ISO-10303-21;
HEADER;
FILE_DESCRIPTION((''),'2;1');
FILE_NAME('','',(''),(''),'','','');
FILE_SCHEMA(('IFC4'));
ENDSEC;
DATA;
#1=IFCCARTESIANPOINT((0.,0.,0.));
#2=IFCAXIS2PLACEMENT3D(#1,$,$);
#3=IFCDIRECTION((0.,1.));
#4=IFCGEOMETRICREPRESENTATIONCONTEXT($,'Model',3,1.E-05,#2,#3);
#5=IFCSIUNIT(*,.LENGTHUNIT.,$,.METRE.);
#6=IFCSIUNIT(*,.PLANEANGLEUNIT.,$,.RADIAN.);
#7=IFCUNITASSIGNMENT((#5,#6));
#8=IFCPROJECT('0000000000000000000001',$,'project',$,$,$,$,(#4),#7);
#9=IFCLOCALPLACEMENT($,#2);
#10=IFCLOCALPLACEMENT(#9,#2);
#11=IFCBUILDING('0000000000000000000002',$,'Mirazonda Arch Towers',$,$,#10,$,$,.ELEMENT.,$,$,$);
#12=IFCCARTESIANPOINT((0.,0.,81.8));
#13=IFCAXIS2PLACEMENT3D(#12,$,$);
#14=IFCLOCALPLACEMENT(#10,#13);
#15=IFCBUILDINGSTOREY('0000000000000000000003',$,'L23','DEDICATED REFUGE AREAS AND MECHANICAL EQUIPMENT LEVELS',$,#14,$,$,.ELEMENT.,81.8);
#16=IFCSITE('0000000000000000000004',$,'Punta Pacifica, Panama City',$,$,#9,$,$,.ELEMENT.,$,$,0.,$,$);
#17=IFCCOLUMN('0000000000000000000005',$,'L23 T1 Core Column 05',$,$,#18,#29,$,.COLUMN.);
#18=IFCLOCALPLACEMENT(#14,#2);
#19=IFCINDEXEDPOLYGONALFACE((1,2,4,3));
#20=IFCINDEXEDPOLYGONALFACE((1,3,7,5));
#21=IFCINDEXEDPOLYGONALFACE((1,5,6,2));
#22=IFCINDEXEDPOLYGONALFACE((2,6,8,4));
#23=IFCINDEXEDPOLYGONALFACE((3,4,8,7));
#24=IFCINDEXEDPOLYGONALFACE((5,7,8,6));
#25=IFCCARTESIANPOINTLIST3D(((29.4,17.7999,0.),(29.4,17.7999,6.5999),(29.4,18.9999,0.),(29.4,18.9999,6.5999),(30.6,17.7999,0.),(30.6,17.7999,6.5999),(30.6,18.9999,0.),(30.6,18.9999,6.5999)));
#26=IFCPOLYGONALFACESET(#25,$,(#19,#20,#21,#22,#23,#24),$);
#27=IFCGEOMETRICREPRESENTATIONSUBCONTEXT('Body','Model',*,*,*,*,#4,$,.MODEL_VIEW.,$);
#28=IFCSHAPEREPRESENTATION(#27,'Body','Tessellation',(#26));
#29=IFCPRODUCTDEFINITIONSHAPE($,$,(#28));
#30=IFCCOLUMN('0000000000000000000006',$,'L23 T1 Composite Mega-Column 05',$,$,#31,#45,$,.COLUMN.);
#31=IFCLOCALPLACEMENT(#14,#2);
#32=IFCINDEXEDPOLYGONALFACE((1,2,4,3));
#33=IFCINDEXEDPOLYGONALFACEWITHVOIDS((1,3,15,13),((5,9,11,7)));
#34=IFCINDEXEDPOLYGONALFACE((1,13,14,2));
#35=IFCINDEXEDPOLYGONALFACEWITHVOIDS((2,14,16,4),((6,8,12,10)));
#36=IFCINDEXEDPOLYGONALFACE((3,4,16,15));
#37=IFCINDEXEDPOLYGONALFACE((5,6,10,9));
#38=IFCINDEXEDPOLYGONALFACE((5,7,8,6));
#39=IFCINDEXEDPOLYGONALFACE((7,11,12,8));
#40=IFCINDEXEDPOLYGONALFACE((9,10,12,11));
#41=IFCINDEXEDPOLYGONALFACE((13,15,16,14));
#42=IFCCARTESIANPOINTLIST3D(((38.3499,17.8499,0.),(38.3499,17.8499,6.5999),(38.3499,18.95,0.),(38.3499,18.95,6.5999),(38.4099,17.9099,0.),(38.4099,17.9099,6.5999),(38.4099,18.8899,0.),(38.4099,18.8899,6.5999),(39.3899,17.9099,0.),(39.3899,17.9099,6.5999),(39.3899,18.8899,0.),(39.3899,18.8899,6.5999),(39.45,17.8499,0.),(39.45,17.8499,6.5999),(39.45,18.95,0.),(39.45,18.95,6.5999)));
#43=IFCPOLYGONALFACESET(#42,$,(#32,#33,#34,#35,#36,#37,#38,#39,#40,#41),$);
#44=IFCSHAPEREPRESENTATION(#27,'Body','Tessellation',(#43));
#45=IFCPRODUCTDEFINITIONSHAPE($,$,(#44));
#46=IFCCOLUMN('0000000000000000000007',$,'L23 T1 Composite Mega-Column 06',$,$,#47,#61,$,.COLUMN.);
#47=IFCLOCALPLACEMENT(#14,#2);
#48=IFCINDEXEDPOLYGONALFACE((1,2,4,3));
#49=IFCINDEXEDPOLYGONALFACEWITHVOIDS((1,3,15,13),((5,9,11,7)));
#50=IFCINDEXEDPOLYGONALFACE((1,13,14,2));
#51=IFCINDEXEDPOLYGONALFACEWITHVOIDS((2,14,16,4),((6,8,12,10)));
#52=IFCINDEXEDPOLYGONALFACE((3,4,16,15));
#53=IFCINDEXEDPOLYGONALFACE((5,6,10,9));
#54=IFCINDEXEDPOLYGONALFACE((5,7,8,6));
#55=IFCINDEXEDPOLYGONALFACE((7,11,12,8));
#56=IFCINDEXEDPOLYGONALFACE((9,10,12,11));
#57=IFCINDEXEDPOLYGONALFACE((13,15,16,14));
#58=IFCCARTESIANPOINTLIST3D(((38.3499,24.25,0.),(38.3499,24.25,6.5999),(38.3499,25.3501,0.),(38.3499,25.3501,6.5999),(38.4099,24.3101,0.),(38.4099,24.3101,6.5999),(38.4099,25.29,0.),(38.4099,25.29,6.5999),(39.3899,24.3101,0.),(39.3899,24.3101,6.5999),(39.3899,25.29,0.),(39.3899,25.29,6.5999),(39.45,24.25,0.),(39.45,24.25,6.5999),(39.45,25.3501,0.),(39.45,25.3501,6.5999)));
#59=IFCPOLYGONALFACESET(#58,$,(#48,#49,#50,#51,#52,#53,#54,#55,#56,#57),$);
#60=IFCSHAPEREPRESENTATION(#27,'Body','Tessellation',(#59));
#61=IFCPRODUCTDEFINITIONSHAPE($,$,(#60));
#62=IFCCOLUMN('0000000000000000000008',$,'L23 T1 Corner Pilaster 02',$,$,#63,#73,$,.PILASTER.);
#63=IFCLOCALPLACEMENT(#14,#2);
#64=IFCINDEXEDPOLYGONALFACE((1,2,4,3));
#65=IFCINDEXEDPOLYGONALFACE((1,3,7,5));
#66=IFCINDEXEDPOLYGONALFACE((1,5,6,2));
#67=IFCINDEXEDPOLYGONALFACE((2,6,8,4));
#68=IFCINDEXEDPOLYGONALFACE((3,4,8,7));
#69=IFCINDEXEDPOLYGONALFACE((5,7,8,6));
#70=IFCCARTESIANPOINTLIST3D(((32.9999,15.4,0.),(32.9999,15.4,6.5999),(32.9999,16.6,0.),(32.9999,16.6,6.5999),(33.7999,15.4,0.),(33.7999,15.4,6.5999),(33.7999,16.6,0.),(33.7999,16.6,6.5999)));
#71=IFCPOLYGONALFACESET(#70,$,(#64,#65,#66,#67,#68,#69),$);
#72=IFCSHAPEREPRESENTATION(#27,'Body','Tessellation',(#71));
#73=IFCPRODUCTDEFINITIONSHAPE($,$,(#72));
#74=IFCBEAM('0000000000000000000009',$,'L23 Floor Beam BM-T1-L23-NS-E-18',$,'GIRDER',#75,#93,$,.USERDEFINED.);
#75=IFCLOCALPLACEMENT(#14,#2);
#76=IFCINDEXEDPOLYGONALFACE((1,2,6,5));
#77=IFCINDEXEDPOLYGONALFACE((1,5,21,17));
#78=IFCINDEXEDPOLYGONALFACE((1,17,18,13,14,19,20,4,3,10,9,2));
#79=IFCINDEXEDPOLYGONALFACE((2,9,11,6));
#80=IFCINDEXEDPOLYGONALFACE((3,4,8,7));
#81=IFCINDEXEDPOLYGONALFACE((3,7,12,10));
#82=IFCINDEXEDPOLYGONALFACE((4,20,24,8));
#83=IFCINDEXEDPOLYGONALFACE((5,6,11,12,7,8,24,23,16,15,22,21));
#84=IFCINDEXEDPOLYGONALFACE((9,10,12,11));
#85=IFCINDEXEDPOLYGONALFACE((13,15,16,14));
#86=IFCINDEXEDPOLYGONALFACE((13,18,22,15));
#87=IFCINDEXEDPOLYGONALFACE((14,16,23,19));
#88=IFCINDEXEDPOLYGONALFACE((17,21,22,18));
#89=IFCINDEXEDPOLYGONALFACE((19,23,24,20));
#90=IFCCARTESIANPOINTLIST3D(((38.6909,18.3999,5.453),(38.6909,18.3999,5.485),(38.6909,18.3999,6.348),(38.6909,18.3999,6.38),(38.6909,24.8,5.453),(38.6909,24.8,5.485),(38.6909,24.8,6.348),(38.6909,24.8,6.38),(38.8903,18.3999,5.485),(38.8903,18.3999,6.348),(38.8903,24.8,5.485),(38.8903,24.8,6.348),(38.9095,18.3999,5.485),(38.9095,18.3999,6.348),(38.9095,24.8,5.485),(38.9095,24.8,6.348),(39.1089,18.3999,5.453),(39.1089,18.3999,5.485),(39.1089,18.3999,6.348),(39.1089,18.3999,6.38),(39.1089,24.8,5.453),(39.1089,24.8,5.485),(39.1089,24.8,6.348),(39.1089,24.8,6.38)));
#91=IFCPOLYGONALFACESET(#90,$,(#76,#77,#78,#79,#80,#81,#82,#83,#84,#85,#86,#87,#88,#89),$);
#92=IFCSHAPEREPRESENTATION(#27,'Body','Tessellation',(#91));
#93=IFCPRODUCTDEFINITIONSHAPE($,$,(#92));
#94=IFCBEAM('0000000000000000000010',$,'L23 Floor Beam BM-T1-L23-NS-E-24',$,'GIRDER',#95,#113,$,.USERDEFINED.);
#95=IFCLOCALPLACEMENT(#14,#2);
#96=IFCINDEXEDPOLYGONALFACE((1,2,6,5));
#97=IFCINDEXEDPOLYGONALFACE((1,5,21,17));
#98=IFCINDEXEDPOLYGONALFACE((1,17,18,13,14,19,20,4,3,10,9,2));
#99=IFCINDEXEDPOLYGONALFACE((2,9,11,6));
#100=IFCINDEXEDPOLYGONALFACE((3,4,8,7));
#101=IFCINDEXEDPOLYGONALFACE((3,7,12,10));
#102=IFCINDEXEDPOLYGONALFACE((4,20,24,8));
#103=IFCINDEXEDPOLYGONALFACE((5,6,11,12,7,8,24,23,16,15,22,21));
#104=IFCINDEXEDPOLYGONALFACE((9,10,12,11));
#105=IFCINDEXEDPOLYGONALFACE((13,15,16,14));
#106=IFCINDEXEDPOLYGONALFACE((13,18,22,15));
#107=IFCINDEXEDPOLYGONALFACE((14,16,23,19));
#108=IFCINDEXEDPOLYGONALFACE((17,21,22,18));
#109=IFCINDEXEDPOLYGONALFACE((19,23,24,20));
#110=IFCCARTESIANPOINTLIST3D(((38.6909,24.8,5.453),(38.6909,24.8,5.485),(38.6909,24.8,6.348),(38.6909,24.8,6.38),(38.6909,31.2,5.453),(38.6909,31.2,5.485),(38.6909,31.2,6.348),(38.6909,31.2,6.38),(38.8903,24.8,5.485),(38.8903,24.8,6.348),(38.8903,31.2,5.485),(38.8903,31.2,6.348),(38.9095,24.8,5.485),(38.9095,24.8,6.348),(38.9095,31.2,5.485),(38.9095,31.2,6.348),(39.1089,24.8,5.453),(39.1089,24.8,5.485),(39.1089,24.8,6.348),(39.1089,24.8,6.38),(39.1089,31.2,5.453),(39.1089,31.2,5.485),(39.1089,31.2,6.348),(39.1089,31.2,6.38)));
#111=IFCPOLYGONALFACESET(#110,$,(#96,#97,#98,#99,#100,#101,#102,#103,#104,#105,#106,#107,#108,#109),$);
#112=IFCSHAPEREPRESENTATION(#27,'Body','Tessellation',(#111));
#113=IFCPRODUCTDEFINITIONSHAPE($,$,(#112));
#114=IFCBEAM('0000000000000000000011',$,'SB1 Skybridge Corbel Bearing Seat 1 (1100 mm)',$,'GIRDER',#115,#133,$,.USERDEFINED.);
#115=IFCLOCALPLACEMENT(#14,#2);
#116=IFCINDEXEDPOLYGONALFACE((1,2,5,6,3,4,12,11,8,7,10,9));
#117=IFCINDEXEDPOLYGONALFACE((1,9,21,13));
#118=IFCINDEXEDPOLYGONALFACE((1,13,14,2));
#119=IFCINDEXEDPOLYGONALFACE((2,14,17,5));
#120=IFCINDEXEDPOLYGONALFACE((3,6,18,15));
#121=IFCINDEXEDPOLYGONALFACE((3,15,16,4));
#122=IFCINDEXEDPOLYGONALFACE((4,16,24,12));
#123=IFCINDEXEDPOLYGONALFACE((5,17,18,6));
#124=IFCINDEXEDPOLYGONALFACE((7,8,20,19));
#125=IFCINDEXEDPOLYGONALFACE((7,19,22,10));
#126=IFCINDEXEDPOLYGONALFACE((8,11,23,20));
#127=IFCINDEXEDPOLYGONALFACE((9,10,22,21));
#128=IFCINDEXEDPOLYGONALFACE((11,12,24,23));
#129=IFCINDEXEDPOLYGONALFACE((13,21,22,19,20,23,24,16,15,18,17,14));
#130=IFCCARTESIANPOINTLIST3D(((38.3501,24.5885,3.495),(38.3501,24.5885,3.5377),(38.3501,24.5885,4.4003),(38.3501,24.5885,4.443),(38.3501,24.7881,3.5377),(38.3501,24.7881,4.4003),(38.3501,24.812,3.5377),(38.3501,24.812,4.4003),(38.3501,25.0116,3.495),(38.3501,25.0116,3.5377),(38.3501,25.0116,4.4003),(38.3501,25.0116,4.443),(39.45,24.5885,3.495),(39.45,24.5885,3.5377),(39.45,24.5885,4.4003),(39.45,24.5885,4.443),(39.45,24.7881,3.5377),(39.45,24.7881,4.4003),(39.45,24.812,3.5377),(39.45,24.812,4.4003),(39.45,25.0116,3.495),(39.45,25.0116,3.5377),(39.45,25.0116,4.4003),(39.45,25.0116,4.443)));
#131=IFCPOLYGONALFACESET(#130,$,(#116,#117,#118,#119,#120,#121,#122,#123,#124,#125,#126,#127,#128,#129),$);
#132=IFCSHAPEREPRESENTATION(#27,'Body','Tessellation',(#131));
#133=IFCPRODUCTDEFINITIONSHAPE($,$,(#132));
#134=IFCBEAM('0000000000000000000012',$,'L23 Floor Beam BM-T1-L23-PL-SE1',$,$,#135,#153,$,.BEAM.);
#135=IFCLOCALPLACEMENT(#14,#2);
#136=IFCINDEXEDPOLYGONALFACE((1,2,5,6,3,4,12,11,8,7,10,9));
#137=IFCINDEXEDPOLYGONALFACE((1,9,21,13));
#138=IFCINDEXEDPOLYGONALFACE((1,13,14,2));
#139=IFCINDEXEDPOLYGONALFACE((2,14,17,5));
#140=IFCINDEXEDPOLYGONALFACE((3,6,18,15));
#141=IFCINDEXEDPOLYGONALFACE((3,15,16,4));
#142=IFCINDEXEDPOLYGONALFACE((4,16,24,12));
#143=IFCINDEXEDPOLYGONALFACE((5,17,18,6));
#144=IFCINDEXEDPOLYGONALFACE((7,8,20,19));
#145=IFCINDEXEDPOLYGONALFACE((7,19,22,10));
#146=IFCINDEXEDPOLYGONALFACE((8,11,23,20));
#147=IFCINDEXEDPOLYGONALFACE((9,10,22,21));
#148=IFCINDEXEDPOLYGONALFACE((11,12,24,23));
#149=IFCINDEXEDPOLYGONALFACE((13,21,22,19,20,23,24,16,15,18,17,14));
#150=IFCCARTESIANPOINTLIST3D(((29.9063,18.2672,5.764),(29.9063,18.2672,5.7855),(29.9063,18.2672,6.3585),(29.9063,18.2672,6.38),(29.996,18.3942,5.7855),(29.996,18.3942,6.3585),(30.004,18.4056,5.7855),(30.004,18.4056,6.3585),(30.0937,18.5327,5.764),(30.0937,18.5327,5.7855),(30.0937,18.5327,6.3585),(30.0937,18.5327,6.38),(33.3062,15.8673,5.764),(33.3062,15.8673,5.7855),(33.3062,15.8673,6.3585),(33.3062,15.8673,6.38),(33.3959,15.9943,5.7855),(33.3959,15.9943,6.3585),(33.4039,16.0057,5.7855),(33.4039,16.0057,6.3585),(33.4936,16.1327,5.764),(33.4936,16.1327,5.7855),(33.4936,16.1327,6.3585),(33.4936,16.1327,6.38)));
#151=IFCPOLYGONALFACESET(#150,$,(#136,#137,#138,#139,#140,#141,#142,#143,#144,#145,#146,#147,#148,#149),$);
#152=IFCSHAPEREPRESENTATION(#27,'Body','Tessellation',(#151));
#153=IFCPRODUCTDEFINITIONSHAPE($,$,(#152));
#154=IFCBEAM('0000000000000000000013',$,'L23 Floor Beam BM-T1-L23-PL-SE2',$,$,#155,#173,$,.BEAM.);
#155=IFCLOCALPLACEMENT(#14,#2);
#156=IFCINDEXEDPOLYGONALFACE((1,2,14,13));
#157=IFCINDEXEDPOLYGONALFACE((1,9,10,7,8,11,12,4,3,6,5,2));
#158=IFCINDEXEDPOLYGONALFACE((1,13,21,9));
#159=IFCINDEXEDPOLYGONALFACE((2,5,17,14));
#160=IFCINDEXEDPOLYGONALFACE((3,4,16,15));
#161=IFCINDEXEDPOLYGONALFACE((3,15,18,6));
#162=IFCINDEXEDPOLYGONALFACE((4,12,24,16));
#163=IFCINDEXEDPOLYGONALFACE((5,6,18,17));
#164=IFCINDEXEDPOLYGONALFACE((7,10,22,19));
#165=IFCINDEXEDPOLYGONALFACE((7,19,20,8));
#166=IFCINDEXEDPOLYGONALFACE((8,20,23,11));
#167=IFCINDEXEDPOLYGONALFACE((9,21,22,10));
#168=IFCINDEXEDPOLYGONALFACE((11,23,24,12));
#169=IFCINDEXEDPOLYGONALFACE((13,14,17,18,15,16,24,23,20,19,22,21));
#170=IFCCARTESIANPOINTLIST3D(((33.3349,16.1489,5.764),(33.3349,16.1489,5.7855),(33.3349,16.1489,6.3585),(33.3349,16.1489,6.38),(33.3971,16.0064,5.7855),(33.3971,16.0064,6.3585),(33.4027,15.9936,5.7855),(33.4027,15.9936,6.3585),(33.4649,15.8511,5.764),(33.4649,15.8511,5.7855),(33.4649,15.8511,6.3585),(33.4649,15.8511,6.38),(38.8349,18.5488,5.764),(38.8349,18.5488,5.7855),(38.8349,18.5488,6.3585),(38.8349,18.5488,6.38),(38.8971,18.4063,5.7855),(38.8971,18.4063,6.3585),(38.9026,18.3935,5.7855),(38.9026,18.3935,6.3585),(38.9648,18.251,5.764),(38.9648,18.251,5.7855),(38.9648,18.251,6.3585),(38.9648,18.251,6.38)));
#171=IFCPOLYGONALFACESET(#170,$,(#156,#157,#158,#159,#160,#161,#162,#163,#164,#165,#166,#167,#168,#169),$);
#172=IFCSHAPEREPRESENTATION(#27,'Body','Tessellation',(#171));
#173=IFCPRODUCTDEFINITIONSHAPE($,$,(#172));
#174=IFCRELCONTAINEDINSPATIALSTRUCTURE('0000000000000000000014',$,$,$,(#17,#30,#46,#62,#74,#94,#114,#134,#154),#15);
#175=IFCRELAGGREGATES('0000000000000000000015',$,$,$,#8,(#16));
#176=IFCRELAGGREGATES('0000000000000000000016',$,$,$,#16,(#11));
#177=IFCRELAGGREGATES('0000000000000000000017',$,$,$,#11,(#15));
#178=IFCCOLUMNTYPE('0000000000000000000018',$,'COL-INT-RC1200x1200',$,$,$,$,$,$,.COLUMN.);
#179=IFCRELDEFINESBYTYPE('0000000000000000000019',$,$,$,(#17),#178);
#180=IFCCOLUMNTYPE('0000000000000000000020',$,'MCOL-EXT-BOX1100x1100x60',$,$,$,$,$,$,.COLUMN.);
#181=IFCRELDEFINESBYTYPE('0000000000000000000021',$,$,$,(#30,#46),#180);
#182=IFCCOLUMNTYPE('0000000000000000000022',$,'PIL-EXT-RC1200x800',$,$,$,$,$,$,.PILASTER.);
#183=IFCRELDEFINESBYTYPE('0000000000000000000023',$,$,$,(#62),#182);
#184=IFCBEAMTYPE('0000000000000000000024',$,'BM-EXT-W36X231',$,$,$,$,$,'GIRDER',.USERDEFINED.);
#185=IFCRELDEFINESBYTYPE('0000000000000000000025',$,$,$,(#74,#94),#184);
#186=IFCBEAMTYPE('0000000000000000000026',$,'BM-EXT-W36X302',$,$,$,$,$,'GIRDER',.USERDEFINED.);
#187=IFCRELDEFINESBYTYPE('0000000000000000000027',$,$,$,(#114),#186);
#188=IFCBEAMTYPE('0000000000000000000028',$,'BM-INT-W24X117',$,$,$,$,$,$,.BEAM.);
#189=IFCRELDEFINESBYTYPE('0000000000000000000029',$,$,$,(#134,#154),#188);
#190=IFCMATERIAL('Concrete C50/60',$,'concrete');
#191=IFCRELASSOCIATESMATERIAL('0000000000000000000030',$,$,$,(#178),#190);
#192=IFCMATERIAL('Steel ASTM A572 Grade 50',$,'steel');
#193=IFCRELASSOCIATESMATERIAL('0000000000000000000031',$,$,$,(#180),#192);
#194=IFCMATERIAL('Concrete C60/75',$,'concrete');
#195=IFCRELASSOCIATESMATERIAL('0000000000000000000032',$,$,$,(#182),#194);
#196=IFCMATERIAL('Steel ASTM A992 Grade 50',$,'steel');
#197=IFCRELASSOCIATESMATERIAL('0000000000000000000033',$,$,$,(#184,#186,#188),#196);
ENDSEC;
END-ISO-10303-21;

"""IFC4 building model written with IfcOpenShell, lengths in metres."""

from ifc_helpers import new_model, si_unit, direction, frame, origin, origin_2d, place, context, subcontext, project, spatial, rectangle, hollow_rectangle, i_section, extrude, material, material_profile, profile_set, type_object, element, save


model = new_model("IFC4")

# Units and contexts
model_context = context("Model", 3, precision=1e-05, world=origin(), true_north=direction((0.0, 1.0)))
body_context = subcontext(model_context, "Body", "Model", "MODEL_VIEW")
ifc_project = project(units=[si_unit("LENGTHUNIT", "METRE"), si_unit("PLANEANGLEUNIT", "RADIAN")], contexts=[model_context])

# Site, building, storey
site_placement = place(None, origin())
site = spatial("IfcSite", under=ifc_project, at=site_placement, Name="Punta Pacifica, Panama City", CompositionType="ELEMENT", RefElevation=0.0)
building_placement = place(site_placement, origin())
building = spatial("IfcBuilding", under=site, at=building_placement, Name="Mirazonda Arch Towers", CompositionType="ELEMENT")
storey_placement = place(building_placement, frame((0.0, 0.0, 81.8)))
storey = spatial("IfcBuildingStorey", under=building, at=storey_placement, Name="L23", Description="DEDICATED REFUGE AREAS AND MECHANICAL EQUIPMENT LEVELS", CompositionType="ELEMENT", Elevation=81.8)

# Columns
ifc_material_1 = material(Name="Concrete C50/60", Category="concrete")
ifc_material_profile_1 = material_profile(ifc_material_1, rectangle(XDim=1.2, YDim=1.2, at=origin_2d()), Name="RC1200x1200")
ifc_profile_set_1 = profile_set([ifc_material_profile_1], Name="Concrete C50/60")
column_type_1 = type_object("IfcColumnType", Name="COL-INT-RC1200x1200", PredefinedType="COLUMN", material=ifc_profile_set_1)
column_1_placement = place(storey_placement, frame((30.0, 18.3999, 0.0), z_axis=(0.0, 0.0, 1.0), x_axis=(1.0, 0.0, 0.0)))
element("IfcColumn", 1, at=column_1_placement, inside=storey, type_object=column_type_1, Name="L23 T1 Core Column 05", PredefinedType="COLUMN", context=body_context, shape_type="SweptSolid", body=[
    extrude(rectangle(XDim=1.2, YDim=1.2, at=origin_2d()), origin(), (0.0, 0.0, 1.0), 6.5999),
])
ifc_material_2 = material(Name="Steel ASTM A572 Grade 50", Category="steel")
ifc_material_profile_2 = material_profile(ifc_material_2, hollow_rectangle(XDim=1.1001, YDim=1.1001, WallThickness=0.0601, at=origin_2d()), Name="BOX1100x1100x60")
ifc_profile_set_2 = profile_set([ifc_material_profile_2], Name="Steel ASTM A572 Grade 50")
column_type_2 = type_object("IfcColumnType", Name="MCOL-EXT-BOX1100x1100x60", PredefinedType="COLUMN", material=ifc_profile_set_2)
for number, where, z_axis, x_axis, name in (
    (2, (38.8999, 18.3999, 0.0), (0.0, 0.0, 1.0), (1.0, 0.0, 0.0), "L23 T1 Composite Mega-Column 05"),
    (3, (38.8999, 24.8, 0.0), (0.0, 0.0, 1.0), (1.0, 0.0, 0.0), "L23 T1 Composite Mega-Column 06"),
):
    element("IfcColumn", number, at=place(storey_placement, frame(where, z_axis=z_axis, x_axis=x_axis)), inside=storey, type_object=column_type_2, Name=name, PredefinedType="COLUMN", context=body_context, shape_type="SweptSolid", body=[
        extrude(hollow_rectangle(XDim=1.1001, YDim=1.1001, WallThickness=0.0601, at=origin_2d()), origin(), (0.0, 0.0, 1.0), 6.5999),
    ])
ifc_material_3 = material(Name="Concrete C60/75", Category="concrete")
ifc_material_profile_3 = material_profile(ifc_material_3, rectangle(XDim=0.8, YDim=1.2, at=origin_2d()), Name="RC1200x800")
ifc_profile_set_3 = profile_set([ifc_material_profile_3], Name="Concrete C60/75")
column_type_3 = type_object("IfcColumnType", Name="PIL-EXT-RC1200x800", PredefinedType="PILASTER", material=ifc_profile_set_3)
column_2_placement = place(storey_placement, frame((33.3999, 16.0, 0.0), z_axis=(0.0, 0.0, 1.0), x_axis=(1.0, 0.0, 0.0)))
element("IfcColumn", 4, at=column_2_placement, inside=storey, type_object=column_type_3, Name="L23 T1 Corner Pilaster 02", PredefinedType="PILASTER", context=body_context, shape_type="SweptSolid", body=[
    extrude(rectangle(XDim=0.8, YDim=1.2, at=origin_2d()), origin(), (0.0, 0.0, 1.0), 6.5999),
])

# Beams
ifc_material_4 = material(Name="Steel ASTM A992 Grade 50", Category="steel")
ifc_material_profile_4 = material_profile(ifc_material_4, i_section(OverallWidth=0.418, OverallDepth=0.927, WebThickness=0.0193, FlangeThickness=0.032, at=origin_2d()), Name="W36X231")
ifc_profile_set_4 = profile_set([ifc_material_profile_4], Name="Steel ASTM A992 Grade 50")
beam_type_1 = type_object("IfcBeamType", Name="BM-EXT-W36X231", ElementType="GIRDER", PredefinedType="USERDEFINED", material=ifc_profile_set_4)
beam_1_placement = place(storey_placement, frame((38.8999, 18.3999, 5.9165), z_axis=(0.0, 1.0, 0.0), x_axis=(-1.0, 0.0, 0.0)))
element("IfcBeam", 5, at=beam_1_placement, inside=storey, type_object=beam_type_1, Name="L23 Floor Beam BM-T1-L23-NS-E-18", ObjectType="GIRDER", PredefinedType="USERDEFINED", context=body_context, shape_type="SweptSolid", body=[
    extrude(i_section(OverallWidth=0.418, OverallDepth=0.927, WebThickness=0.0193, FlangeThickness=0.032, at=origin_2d()), origin(), (0.0, 0.0, 1.0), 6.4001),
])
beam_2_placement = place(storey_placement, frame((38.8999, 24.8, 5.9165), z_axis=(0.0, 1.0, 0.0), x_axis=(-1.0, 0.0, 0.0)))
element("IfcBeam", 6, at=beam_2_placement, inside=storey, type_object=beam_type_1, Name="L23 Floor Beam BM-T1-L23-NS-E-24", ObjectType="GIRDER", PredefinedType="USERDEFINED", context=body_context, shape_type="SweptSolid", body=[
    extrude(i_section(OverallWidth=0.418, OverallDepth=0.927, WebThickness=0.0193, FlangeThickness=0.032, at=origin_2d()), origin(), (0.0, 0.0, 1.0), 6.3999),
])
ifc_material_profile_5 = material_profile(ifc_material_4, i_section(OverallWidth=0.4231, OverallDepth=0.948, WebThickness=0.0239, FlangeThickness=0.0427, at=origin_2d()), Name="W36X302")
ifc_profile_set_5 = profile_set([ifc_material_profile_5], Name="Steel ASTM A992 Grade 50")
beam_type_2 = type_object("IfcBeamType", Name="BM-EXT-W36X302", ElementType="GIRDER", PredefinedType="USERDEFINED", material=ifc_profile_set_5)
beam_3_placement = place(storey_placement, frame((38.3501, 24.8, 3.969), z_axis=(1.0, 0.0, 0.0), x_axis=(0.0, 1.0, 0.0)))
element("IfcBeam", 7, at=beam_3_placement, inside=storey, type_object=beam_type_2, Name="SB1 Skybridge Corbel Bearing Seat 1 (1100 mm)", ObjectType="GIRDER", PredefinedType="USERDEFINED", context=body_context, shape_type="SweptSolid", body=[
    extrude(i_section(OverallWidth=0.4231, OverallDepth=0.948, WebThickness=0.0239, FlangeThickness=0.0427, at=origin_2d()), origin(), (0.0, 0.0, 1.0), 1.0999),
])
ifc_material_profile_6 = material_profile(ifc_material_4, i_section(OverallWidth=0.325, OverallDepth=0.616, WebThickness=0.0139, FlangeThickness=0.0215, at=origin_2d()), Name="W24X117")
ifc_profile_set_6 = profile_set([ifc_material_profile_6], Name="Steel ASTM A992 Grade 50")
beam_type_3 = type_object("IfcBeamType", Name="BM-INT-W24X117", PredefinedType="BEAM", material=ifc_profile_set_6)
beam_4_placement = place(storey_placement, frame((33.3999, 16.0, 6.072), z_axis=(-0.816971, 0.576679, 0.0), x_axis=(-0.576679, -0.816971, 0.0)))
element("IfcBeam", 8, at=beam_4_placement, inside=storey, type_object=beam_type_3, Name="L23 Floor Beam BM-T1-L23-PL-SE1", PredefinedType="BEAM", context=body_context, shape_type="SweptSolid", body=[
    extrude(i_section(OverallWidth=0.325, OverallDepth=0.616, WebThickness=0.0139, FlangeThickness=0.0215, at=origin_2d()), origin(), (0.0, 0.0, 1.0), 4.1616),
])
beam_5_placement = place(storey_placement, frame((33.3999, 16.0, 6.072), z_axis=(0.916545, 0.399931, 0.0), x_axis=(-0.399931, 0.916545, 0.0)))
element("IfcBeam", 9, at=beam_5_placement, inside=storey, type_object=beam_type_3, Name="L23 Floor Beam BM-T1-L23-PL-SE2", PredefinedType="BEAM", context=body_context, shape_type="SweptSolid", body=[
    extrude(i_section(OverallWidth=0.325, OverallDepth=0.616, WebThickness=0.0139, FlangeThickness=0.0215, at=origin_2d()), origin(), (0.0, 0.0, 1.0), 6.0007),
])

save(model, "model.ifc")
